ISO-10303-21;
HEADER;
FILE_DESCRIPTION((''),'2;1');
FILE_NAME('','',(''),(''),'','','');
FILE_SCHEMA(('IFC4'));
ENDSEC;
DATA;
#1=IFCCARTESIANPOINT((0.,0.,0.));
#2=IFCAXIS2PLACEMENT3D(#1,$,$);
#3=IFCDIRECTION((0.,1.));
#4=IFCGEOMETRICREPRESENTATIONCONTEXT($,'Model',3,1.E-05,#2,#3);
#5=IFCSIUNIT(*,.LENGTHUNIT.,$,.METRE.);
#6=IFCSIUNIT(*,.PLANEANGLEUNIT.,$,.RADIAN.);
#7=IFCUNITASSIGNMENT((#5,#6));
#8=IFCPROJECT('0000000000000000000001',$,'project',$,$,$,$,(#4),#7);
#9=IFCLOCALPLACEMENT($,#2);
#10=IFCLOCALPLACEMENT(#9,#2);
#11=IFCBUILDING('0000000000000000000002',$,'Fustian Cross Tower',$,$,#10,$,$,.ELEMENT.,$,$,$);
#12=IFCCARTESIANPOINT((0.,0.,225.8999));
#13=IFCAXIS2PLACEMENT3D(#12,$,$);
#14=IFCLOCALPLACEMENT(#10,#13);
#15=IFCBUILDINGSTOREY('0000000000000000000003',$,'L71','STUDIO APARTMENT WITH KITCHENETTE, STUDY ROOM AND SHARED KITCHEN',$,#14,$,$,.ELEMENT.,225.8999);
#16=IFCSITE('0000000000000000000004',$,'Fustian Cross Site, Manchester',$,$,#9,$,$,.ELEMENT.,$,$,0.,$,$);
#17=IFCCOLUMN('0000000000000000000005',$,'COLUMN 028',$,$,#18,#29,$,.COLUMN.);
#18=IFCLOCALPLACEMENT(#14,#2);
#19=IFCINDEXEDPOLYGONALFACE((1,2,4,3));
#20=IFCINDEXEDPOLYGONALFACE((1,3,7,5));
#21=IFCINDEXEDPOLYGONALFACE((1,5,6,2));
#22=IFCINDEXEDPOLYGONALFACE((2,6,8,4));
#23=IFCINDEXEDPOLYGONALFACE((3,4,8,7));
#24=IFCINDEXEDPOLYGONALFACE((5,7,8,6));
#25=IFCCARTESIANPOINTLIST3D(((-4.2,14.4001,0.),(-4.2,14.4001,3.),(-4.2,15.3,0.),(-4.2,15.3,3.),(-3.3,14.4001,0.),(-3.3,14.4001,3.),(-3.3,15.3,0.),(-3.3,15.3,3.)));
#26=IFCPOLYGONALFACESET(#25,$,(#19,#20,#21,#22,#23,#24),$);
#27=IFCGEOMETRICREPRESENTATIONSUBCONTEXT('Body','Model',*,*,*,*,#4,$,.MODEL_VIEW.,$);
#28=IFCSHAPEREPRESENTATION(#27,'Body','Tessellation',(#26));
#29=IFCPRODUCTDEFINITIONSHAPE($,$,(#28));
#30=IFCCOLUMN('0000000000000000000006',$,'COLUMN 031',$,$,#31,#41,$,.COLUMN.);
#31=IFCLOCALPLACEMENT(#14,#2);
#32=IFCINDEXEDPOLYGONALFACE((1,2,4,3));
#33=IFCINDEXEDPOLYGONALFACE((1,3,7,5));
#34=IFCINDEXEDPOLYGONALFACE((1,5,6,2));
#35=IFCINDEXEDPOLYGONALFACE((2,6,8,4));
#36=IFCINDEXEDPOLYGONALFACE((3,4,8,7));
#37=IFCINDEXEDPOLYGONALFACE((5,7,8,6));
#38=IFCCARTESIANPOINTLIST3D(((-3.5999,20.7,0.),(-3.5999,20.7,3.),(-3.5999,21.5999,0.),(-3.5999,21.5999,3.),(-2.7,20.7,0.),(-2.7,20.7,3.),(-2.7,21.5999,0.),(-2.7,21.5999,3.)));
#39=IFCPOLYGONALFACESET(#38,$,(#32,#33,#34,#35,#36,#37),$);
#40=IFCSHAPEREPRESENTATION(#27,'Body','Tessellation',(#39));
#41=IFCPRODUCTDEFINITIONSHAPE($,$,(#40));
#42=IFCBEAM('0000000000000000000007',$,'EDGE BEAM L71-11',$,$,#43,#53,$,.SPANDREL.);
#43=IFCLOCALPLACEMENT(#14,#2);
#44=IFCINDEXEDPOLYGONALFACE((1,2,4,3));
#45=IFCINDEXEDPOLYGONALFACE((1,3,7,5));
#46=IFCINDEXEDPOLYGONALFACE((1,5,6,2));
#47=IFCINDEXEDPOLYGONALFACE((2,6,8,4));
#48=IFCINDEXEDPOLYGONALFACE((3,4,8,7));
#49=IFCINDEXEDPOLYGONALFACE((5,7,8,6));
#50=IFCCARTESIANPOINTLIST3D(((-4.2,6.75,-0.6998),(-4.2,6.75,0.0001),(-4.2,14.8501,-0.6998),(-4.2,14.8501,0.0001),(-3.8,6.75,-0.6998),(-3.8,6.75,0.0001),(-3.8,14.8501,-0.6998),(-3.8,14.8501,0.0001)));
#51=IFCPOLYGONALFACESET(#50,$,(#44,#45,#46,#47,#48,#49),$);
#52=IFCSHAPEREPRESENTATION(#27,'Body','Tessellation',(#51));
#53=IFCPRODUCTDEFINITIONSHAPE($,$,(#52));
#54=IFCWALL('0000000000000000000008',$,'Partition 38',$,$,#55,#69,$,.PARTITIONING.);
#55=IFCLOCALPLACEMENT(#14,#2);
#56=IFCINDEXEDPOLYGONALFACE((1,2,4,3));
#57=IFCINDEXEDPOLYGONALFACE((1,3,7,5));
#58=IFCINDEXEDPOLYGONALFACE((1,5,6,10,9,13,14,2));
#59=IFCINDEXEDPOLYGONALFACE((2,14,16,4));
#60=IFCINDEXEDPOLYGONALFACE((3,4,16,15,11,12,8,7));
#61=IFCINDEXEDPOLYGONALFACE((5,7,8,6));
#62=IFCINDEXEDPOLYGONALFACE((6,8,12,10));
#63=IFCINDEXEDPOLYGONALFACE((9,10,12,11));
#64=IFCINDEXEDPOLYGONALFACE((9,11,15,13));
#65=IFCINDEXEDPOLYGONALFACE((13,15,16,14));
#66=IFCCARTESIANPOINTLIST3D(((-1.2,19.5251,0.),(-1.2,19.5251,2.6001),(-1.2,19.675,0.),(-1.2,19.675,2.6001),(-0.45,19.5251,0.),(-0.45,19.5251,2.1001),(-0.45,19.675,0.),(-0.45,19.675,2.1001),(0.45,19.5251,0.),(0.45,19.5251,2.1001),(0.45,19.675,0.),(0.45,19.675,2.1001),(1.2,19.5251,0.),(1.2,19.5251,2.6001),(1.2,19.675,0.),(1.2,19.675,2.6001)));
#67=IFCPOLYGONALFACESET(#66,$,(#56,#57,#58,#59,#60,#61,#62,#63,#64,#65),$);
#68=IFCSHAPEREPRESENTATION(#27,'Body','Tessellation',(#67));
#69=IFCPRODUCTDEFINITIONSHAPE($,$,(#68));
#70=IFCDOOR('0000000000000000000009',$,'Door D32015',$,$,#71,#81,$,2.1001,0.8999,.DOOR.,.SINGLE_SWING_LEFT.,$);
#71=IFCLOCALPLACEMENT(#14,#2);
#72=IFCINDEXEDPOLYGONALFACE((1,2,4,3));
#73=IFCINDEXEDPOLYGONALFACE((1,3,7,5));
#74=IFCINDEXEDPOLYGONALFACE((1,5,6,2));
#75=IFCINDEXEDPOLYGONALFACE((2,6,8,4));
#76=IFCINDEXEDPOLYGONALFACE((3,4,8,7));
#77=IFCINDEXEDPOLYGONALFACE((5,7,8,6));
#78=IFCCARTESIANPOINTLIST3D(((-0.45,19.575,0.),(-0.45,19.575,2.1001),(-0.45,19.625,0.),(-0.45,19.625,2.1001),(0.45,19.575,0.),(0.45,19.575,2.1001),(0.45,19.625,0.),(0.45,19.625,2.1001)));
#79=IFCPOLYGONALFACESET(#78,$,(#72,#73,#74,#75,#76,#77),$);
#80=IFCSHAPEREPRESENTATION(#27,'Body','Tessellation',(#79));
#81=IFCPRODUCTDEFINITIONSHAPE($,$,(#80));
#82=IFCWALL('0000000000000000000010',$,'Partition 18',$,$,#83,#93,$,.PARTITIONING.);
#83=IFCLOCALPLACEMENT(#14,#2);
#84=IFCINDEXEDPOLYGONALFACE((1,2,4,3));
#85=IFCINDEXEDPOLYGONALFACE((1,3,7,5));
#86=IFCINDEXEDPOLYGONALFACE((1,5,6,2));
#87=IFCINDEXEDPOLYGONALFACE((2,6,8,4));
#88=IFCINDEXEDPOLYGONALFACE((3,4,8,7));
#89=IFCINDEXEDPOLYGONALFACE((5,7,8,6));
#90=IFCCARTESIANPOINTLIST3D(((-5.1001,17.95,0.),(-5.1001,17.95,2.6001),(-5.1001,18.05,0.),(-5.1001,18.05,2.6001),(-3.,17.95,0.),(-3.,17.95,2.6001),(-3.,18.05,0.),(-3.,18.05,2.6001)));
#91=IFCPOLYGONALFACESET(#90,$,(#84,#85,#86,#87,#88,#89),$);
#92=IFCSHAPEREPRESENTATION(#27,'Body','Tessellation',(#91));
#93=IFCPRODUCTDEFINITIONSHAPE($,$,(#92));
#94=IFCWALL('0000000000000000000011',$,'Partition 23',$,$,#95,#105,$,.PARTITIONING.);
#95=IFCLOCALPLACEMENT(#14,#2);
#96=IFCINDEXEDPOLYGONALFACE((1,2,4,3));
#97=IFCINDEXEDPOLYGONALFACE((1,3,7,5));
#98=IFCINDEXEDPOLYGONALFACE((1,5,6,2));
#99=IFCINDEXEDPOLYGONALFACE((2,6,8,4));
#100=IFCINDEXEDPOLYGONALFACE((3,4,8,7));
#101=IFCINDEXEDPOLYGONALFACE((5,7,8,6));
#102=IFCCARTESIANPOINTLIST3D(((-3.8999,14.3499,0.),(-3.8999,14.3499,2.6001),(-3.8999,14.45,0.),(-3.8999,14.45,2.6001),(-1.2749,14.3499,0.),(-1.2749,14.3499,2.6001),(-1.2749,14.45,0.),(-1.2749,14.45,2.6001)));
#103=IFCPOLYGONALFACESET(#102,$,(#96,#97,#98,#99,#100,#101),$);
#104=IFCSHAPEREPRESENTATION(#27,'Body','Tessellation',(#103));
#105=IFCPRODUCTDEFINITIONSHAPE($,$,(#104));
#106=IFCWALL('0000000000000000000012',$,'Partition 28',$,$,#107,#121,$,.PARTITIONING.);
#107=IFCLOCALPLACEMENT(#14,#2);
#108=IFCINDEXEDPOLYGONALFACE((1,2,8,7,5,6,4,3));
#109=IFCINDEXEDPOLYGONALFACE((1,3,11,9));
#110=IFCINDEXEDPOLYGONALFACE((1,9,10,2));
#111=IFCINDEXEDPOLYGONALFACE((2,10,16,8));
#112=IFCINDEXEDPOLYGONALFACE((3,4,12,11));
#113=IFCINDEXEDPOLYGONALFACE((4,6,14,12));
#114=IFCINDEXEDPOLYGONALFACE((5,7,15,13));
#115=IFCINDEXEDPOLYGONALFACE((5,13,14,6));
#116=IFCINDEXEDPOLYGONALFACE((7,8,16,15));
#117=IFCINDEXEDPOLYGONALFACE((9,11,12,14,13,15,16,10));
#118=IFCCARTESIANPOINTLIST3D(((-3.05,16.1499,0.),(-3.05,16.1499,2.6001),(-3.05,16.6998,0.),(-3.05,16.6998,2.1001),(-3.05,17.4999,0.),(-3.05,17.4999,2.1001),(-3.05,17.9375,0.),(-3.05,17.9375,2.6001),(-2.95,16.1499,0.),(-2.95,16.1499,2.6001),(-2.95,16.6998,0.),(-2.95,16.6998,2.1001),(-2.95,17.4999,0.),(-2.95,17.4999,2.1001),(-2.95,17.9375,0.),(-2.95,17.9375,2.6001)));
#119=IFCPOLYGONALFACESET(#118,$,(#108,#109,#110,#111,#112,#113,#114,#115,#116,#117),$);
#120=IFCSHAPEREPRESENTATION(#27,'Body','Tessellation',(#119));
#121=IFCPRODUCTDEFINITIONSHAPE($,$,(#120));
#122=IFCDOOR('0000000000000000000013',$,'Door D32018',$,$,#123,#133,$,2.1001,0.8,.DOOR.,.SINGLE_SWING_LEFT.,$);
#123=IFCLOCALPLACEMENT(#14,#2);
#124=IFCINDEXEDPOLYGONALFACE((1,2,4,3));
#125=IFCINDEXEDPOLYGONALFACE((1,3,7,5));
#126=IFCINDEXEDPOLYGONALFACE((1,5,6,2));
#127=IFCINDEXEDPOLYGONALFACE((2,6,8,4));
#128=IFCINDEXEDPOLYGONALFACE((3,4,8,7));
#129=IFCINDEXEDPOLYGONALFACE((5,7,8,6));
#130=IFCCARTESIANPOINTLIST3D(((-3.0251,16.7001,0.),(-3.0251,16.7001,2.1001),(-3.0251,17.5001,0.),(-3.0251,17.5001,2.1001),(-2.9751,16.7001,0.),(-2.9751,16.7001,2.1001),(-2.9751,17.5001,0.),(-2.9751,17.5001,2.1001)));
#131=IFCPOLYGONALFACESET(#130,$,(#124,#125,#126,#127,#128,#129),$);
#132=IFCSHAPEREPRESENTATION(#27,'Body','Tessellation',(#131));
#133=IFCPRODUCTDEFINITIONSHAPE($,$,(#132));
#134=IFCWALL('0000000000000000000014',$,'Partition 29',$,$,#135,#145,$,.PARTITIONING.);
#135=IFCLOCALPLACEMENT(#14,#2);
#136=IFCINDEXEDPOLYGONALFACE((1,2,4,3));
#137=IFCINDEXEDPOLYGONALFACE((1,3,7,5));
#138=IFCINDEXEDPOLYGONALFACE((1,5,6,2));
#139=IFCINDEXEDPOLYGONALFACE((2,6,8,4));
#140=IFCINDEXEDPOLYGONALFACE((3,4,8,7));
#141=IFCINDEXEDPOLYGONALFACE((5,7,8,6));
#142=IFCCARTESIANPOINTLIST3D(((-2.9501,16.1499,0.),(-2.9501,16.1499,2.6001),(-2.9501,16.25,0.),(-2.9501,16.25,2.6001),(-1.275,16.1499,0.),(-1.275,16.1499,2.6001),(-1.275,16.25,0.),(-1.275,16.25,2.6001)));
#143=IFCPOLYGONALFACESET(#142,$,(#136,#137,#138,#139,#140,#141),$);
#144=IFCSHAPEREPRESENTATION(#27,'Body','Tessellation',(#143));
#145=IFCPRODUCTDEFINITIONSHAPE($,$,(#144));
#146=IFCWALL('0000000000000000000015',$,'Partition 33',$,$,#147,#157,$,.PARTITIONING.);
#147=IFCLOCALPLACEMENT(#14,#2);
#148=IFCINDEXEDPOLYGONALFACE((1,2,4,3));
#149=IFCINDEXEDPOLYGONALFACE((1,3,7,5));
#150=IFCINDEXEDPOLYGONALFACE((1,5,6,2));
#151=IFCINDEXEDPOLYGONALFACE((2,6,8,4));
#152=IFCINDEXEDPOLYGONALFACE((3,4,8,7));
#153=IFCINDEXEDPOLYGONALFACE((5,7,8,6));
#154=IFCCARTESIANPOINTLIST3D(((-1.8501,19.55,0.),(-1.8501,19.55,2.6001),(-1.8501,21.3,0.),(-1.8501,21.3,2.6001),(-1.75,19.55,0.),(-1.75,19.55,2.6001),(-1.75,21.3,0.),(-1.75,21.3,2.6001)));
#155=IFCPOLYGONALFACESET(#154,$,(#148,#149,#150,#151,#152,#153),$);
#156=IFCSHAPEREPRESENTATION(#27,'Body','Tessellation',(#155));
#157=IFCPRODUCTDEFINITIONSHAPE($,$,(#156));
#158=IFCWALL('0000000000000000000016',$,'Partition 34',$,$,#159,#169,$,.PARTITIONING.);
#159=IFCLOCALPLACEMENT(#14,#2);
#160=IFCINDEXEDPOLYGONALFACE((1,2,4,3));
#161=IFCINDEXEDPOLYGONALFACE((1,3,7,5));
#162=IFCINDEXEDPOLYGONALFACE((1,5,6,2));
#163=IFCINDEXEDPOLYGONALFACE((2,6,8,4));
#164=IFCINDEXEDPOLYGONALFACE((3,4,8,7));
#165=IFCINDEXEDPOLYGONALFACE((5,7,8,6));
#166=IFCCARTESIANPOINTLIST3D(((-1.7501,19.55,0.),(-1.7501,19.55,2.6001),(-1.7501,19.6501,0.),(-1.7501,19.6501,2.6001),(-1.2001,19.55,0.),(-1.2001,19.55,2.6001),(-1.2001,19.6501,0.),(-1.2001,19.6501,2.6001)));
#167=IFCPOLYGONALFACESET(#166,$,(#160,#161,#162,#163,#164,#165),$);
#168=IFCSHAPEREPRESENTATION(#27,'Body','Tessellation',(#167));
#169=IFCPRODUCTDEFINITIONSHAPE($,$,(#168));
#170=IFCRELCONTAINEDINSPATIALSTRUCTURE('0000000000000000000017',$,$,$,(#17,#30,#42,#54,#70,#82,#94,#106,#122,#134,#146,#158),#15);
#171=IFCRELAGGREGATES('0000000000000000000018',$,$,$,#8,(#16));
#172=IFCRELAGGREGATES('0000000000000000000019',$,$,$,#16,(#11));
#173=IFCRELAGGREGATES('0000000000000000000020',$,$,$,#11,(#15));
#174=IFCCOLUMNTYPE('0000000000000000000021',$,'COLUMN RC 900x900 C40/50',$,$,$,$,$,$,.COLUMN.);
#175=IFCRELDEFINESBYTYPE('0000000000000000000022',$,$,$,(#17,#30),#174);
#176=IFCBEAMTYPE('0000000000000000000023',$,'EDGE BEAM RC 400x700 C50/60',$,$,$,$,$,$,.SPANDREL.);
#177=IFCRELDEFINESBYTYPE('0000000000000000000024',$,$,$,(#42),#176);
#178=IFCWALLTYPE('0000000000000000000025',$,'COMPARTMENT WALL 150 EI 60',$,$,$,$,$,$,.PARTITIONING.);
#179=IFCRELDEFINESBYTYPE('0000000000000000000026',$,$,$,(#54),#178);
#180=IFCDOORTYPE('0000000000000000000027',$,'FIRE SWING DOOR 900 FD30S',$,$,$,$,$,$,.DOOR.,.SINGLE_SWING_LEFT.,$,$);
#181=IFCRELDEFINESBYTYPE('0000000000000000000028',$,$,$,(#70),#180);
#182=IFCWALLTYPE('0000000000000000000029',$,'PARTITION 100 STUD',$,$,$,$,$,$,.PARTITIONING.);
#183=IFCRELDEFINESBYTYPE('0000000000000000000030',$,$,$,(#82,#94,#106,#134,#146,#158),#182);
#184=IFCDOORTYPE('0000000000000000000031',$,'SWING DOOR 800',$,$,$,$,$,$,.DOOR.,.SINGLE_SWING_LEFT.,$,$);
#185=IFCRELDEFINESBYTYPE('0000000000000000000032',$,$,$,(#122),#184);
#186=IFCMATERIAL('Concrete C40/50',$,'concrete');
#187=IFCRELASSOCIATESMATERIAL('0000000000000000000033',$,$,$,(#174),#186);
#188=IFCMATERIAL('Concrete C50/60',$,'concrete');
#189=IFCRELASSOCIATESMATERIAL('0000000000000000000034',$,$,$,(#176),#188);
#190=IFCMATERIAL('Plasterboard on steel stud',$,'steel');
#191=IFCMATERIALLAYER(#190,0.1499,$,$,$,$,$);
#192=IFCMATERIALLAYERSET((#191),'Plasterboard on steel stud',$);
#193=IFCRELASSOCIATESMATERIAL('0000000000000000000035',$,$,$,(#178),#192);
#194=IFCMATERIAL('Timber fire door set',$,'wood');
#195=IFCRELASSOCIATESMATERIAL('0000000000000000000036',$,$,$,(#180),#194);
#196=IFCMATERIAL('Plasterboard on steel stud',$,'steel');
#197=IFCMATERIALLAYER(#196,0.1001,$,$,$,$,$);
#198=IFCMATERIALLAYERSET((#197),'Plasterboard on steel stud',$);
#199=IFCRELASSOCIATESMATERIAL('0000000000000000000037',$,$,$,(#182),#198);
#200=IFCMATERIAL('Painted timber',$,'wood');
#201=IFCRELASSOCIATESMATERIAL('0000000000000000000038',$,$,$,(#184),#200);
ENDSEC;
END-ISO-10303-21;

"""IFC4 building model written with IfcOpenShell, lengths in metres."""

from ifc_helpers import new_model, si_unit, direction, frame, frame_2d, origin, origin_2d, place, context, subcontext, project, spatial, rectangle, extrude, material, layer, layer_set, material_profile, profile_set, type_object, element, fill, save


model = new_model("IFC4")

# Units and contexts
model_context = context("Model", 3, precision=1e-05, world=origin(), true_north=direction((0.0, 1.0)))
body_context = subcontext(model_context, "Body", "Model", "MODEL_VIEW")
ifc_project = project(units=[si_unit("LENGTHUNIT", "METRE"), si_unit("PLANEANGLEUNIT", "RADIAN")], contexts=[model_context])

# Site, building, storey
site_placement = place(None, origin())
site = spatial("IfcSite", under=ifc_project, at=site_placement, Name="Fustian Cross Site, Manchester", CompositionType="ELEMENT", RefElevation=0.0)
building_placement = place(site_placement, origin())
building = spatial("IfcBuilding", under=site, at=building_placement, Name="Fustian Cross Tower", CompositionType="ELEMENT")
storey_placement = place(building_placement, frame((0.0, 0.0, 225.8999)))
storey = spatial("IfcBuildingStorey", under=building, at=storey_placement, Name="L71", Description="STUDIO APARTMENT WITH KITCHENETTE, STUDY ROOM AND SHARED KITCHEN", CompositionType="ELEMENT", Elevation=225.8999)

# Columns
ifc_material_1 = material(Name="Concrete C40/50", Category="concrete")
ifc_material_profile_1 = material_profile(ifc_material_1, rectangle(XDim=0.8999, YDim=0.8999, at=origin_2d()), Name="RC 900x900")
ifc_profile_set_1 = profile_set([ifc_material_profile_1], Name="Concrete C40/50")
column_type = type_object("IfcColumnType", Name="COLUMN RC 900x900 C40/50", PredefinedType="COLUMN", material=ifc_profile_set_1)
for number, where, z_axis, x_axis, name in (
    (1, (-3.75, 14.8501, 0.0), (0.0, 0.0, 1.0), (1.0, 0.0, 0.0), "COLUMN 028"),
    (2, (-3.1499, 21.1499, 0.0), (0.0, 0.0, 1.0), (1.0, 0.0, 0.0), "COLUMN 031"),
):
    element("IfcColumn", number, at=place(storey_placement, frame(where, z_axis=z_axis, x_axis=x_axis)), inside=storey, type_object=column_type, Name=name, PredefinedType="COLUMN", context=body_context, shape_type="SweptSolid", body=[
        extrude(rectangle(XDim=0.8999, YDim=0.8999, at=origin_2d()), origin(), (0.0, 0.0, 1.0), 3.0),
    ])

# Beam
ifc_material_2 = material(Name="Concrete C50/60", Category="concrete")
ifc_material_profile_2 = material_profile(ifc_material_2, rectangle(XDim=0.3999, YDim=0.7, at=origin_2d()), Name="RC 400x700")
ifc_profile_set_2 = profile_set([ifc_material_profile_2], Name="Concrete C50/60")
beam_type = type_object("IfcBeamType", Name="EDGE BEAM RC 400x700 C50/60", PredefinedType="SPANDREL", material=ifc_profile_set_2)
beam_placement = place(storey_placement, frame((-4.0, 14.8501, -0.3499), z_axis=(0.0, -1.0, 0.0), x_axis=(1.0, 0.0, 0.0)))
element("IfcBeam", 3, at=beam_placement, inside=storey, type_object=beam_type, Name="EDGE BEAM L71-11", PredefinedType="SPANDREL", context=body_context, shape_type="SweptSolid", body=[
    extrude(rectangle(XDim=0.3999, YDim=0.7, at=origin_2d()), origin(), (0.0, 0.0, 1.0), 8.1001),
])

# Wall, opening, door
ifc_material_3 = material(Name="Plasterboard on steel stud", Category="steel")
ifc_layer_1 = layer(ifc_material_3, 0.1499)
ifc_layer_set_1 = layer_set([ifc_layer_1], Name="Plasterboard on steel stud")
wall_type_1 = type_object("IfcWallType", Name="COMPARTMENT WALL 150 EI 60", PredefinedType="PARTITIONING", material=ifc_layer_set_1)
wall_1_placement = place(storey_placement, frame((-1.2, 19.6001, 0.0), z_axis=(0.0, 0.0, 1.0), x_axis=(1.0, 0.0, 0.0)))
wall_1 = element("IfcWall", 4, at=wall_1_placement, inside=storey, type_object=wall_type_1, Name="Partition 38", PredefinedType="PARTITIONING", context=body_context, shape_type="SweptSolid", body=[
    extrude(rectangle(XDim=2.3999, YDim=0.1499, at=frame_2d((1.2, 0.0))), origin(), (0.0, 0.0, 1.0), 2.6001),
])
opening_1_placement = place(wall_1_placement, frame((0.75, 0.0, 0.0)))
opening_1 = element("IfcOpeningElement", 5, at=opening_1_placement, cuts=wall_1, PredefinedType="OPENING", context=body_context, shape_type="SweptSolid", body=[
    extrude(rectangle(XDim=0.8999, YDim=2.1001, at=frame_2d((0.45, 1.05))), frame((0.0, 0.085, 0.0), z_axis=(0.0, -1.0, 0.0), x_axis=(1.0, 0.0, 0.0)), (0.0, 0.0, 1.0), 0.1699),
])
ifc_material_4 = material(Name="Timber fire door set", Category="wood")
door_type_1 = type_object("IfcDoorType", Name="FIRE SWING DOOR 900 FD30S", OperationType="SINGLE_SWING_LEFT", PredefinedType="DOOR", material=ifc_material_4)
door_1_placement = place(opening_1_placement, origin())
door_1 = element("IfcDoor", 6, at=door_1_placement, inside=storey, type_object=door_type_1, Name="Door D32015", OperationType="SINGLE_SWING_LEFT", OverallHeight=2.1001, OverallWidth=0.8999, PredefinedType="DOOR", context=body_context, shape_type="SweptSolid", body=[
    extrude(rectangle(XDim=0.8999, YDim=2.1001, at=frame_2d((0.45, 1.05))), frame((0.0, 0.0249, 0.0), z_axis=(0.0, -1.0, 0.0), x_axis=(1.0, 0.0, 0.0)), (0.0, 0.0, 1.0), 0.05),
])
fill(opening_1, door_1)

# Walls
ifc_material_5 = material(Name="Plasterboard on steel stud", Category="steel")
ifc_layer_2 = layer(ifc_material_5, 0.1001)
ifc_layer_set_2 = layer_set([ifc_layer_2], Name="Plasterboard on steel stud")
wall_type_2 = type_object("IfcWallType", Name="PARTITION 100 STUD", PredefinedType="PARTITIONING", material=ifc_layer_set_2)
wall_2_placement = place(storey_placement, frame((-5.1001, 18.0, 0.0), z_axis=(0.0, 0.0, 1.0), x_axis=(1.0, 0.0, 0.0)))
element("IfcWall", 7, at=wall_2_placement, inside=storey, type_object=wall_type_2, Name="Partition 18", PredefinedType="PARTITIONING", context=body_context, shape_type="SweptSolid", body=[
    extrude(rectangle(XDim=2.1001, YDim=0.1001, at=frame_2d((1.05, 0.0))), origin(), (0.0, 0.0, 1.0), 2.6001),
])
wall_3_placement = place(storey_placement, frame((-3.8999, 14.3999, 0.0), z_axis=(0.0, 0.0, 1.0), x_axis=(1.0, 0.0, 0.0)))
element("IfcWall", 8, at=wall_3_placement, inside=storey, type_object=wall_type_2, Name="Partition 23", PredefinedType="PARTITIONING", context=body_context, shape_type="SweptSolid", body=[
    extrude(rectangle(XDim=2.625, YDim=0.1001, at=frame_2d((1.3125, 0.0))), origin(), (0.0, 0.0, 1.0), 2.6001),
])

# Wall, opening, door
wall_4_placement = place(storey_placement, frame((-3.0, 16.1499, 0.0), z_axis=(0.0, 0.0, 1.0), x_axis=(0.0, 1.0, 0.0)))
wall_4 = element("IfcWall", 9, at=wall_4_placement, inside=storey, type_object=wall_type_2, Name="Partition 28", PredefinedType="PARTITIONING", context=body_context, shape_type="SweptSolid", body=[
    extrude(rectangle(XDim=1.7876, YDim=0.1001, at=frame_2d((0.8938, 0.0))), origin(), (0.0, 0.0, 1.0), 2.6001),
])
opening_2_placement = place(wall_4_placement, frame((0.55, 0.0, 0.0)))
opening_2 = element("IfcOpeningElement", 10, at=opening_2_placement, cuts=wall_4, PredefinedType="OPENING", context=body_context, shape_type="SweptSolid", body=[
    extrude(rectangle(XDim=0.8, YDim=2.1001, at=frame_2d((0.3999, 1.05))), frame((0.0, 0.0601, 0.0), z_axis=(0.0, -1.0, 0.0), x_axis=(1.0, 0.0, 0.0)), (0.0, 0.0, 1.0), 0.1201),
])
ifc_material_6 = material(Name="Painted timber", Category="wood")
door_type_2 = type_object("IfcDoorType", Name="SWING DOOR 800", OperationType="SINGLE_SWING_LEFT", PredefinedType="DOOR", material=ifc_material_6)
door_2_placement = place(opening_2_placement, frame((0.8, 0.0, 0.0), z_axis=(0.0, 0.0, 1.0), x_axis=(-1.0, 0.0, 0.0)))
door_2 = element("IfcDoor", 11, at=door_2_placement, inside=storey, type_object=door_type_2, Name="Door D32018", OperationType="SINGLE_SWING_LEFT", OverallHeight=2.1001, OverallWidth=0.8, PredefinedType="DOOR", context=body_context, shape_type="SweptSolid", body=[
    extrude(rectangle(XDim=0.8, YDim=2.1001, at=frame_2d((0.3999, 1.05))), frame((0.0, 0.0249, 0.0), z_axis=(0.0, -1.0, 0.0), x_axis=(1.0, 0.0, 0.0)), (0.0, 0.0, 1.0), 0.05),
])
fill(opening_2, door_2)

# Walls
wall_5_placement = place(storey_placement, frame((-2.95, 16.2, 0.0), z_axis=(0.0, 0.0, 1.0), x_axis=(1.0, 0.0, 0.0)))
element("IfcWall", 12, at=wall_5_placement, inside=storey, type_object=wall_type_2, Name="Partition 29", PredefinedType="PARTITIONING", context=body_context, shape_type="SweptSolid", body=[
    extrude(rectangle(XDim=1.675, YDim=0.1001, at=frame_2d((0.8374, 0.0))), origin(), (0.0, 0.0, 1.0), 2.6001),
])
wall_6_placement = place(storey_placement, frame((-1.8, 19.55, 0.0), z_axis=(0.0, 0.0, 1.0), x_axis=(0.0, 1.0, 0.0)))
element("IfcWall", 13, at=wall_6_placement, inside=storey, type_object=wall_type_2, Name="Partition 33", PredefinedType="PARTITIONING", context=body_context, shape_type="SweptSolid", body=[
    extrude(rectangle(XDim=1.75, YDim=0.1001, at=frame_2d((0.875, 0.0))), origin(), (0.0, 0.0, 1.0), 2.6001),
])
wall_7_placement = place(storey_placement, frame((-1.75, 19.6001, 0.0), z_axis=(0.0, 0.0, 1.0), x_axis=(1.0, 0.0, 0.0)))
element("IfcWall", 14, at=wall_7_placement, inside=storey, type_object=wall_type_2, Name="Partition 34", PredefinedType="PARTITIONING", context=body_context, shape_type="SweptSolid", body=[
    extrude(rectangle(XDim=0.55, YDim=0.1001, at=frame_2d((0.2749, 0.0))), origin(), (0.0, 0.0, 1.0), 2.6001),
])

save(model, "model.ifc")
